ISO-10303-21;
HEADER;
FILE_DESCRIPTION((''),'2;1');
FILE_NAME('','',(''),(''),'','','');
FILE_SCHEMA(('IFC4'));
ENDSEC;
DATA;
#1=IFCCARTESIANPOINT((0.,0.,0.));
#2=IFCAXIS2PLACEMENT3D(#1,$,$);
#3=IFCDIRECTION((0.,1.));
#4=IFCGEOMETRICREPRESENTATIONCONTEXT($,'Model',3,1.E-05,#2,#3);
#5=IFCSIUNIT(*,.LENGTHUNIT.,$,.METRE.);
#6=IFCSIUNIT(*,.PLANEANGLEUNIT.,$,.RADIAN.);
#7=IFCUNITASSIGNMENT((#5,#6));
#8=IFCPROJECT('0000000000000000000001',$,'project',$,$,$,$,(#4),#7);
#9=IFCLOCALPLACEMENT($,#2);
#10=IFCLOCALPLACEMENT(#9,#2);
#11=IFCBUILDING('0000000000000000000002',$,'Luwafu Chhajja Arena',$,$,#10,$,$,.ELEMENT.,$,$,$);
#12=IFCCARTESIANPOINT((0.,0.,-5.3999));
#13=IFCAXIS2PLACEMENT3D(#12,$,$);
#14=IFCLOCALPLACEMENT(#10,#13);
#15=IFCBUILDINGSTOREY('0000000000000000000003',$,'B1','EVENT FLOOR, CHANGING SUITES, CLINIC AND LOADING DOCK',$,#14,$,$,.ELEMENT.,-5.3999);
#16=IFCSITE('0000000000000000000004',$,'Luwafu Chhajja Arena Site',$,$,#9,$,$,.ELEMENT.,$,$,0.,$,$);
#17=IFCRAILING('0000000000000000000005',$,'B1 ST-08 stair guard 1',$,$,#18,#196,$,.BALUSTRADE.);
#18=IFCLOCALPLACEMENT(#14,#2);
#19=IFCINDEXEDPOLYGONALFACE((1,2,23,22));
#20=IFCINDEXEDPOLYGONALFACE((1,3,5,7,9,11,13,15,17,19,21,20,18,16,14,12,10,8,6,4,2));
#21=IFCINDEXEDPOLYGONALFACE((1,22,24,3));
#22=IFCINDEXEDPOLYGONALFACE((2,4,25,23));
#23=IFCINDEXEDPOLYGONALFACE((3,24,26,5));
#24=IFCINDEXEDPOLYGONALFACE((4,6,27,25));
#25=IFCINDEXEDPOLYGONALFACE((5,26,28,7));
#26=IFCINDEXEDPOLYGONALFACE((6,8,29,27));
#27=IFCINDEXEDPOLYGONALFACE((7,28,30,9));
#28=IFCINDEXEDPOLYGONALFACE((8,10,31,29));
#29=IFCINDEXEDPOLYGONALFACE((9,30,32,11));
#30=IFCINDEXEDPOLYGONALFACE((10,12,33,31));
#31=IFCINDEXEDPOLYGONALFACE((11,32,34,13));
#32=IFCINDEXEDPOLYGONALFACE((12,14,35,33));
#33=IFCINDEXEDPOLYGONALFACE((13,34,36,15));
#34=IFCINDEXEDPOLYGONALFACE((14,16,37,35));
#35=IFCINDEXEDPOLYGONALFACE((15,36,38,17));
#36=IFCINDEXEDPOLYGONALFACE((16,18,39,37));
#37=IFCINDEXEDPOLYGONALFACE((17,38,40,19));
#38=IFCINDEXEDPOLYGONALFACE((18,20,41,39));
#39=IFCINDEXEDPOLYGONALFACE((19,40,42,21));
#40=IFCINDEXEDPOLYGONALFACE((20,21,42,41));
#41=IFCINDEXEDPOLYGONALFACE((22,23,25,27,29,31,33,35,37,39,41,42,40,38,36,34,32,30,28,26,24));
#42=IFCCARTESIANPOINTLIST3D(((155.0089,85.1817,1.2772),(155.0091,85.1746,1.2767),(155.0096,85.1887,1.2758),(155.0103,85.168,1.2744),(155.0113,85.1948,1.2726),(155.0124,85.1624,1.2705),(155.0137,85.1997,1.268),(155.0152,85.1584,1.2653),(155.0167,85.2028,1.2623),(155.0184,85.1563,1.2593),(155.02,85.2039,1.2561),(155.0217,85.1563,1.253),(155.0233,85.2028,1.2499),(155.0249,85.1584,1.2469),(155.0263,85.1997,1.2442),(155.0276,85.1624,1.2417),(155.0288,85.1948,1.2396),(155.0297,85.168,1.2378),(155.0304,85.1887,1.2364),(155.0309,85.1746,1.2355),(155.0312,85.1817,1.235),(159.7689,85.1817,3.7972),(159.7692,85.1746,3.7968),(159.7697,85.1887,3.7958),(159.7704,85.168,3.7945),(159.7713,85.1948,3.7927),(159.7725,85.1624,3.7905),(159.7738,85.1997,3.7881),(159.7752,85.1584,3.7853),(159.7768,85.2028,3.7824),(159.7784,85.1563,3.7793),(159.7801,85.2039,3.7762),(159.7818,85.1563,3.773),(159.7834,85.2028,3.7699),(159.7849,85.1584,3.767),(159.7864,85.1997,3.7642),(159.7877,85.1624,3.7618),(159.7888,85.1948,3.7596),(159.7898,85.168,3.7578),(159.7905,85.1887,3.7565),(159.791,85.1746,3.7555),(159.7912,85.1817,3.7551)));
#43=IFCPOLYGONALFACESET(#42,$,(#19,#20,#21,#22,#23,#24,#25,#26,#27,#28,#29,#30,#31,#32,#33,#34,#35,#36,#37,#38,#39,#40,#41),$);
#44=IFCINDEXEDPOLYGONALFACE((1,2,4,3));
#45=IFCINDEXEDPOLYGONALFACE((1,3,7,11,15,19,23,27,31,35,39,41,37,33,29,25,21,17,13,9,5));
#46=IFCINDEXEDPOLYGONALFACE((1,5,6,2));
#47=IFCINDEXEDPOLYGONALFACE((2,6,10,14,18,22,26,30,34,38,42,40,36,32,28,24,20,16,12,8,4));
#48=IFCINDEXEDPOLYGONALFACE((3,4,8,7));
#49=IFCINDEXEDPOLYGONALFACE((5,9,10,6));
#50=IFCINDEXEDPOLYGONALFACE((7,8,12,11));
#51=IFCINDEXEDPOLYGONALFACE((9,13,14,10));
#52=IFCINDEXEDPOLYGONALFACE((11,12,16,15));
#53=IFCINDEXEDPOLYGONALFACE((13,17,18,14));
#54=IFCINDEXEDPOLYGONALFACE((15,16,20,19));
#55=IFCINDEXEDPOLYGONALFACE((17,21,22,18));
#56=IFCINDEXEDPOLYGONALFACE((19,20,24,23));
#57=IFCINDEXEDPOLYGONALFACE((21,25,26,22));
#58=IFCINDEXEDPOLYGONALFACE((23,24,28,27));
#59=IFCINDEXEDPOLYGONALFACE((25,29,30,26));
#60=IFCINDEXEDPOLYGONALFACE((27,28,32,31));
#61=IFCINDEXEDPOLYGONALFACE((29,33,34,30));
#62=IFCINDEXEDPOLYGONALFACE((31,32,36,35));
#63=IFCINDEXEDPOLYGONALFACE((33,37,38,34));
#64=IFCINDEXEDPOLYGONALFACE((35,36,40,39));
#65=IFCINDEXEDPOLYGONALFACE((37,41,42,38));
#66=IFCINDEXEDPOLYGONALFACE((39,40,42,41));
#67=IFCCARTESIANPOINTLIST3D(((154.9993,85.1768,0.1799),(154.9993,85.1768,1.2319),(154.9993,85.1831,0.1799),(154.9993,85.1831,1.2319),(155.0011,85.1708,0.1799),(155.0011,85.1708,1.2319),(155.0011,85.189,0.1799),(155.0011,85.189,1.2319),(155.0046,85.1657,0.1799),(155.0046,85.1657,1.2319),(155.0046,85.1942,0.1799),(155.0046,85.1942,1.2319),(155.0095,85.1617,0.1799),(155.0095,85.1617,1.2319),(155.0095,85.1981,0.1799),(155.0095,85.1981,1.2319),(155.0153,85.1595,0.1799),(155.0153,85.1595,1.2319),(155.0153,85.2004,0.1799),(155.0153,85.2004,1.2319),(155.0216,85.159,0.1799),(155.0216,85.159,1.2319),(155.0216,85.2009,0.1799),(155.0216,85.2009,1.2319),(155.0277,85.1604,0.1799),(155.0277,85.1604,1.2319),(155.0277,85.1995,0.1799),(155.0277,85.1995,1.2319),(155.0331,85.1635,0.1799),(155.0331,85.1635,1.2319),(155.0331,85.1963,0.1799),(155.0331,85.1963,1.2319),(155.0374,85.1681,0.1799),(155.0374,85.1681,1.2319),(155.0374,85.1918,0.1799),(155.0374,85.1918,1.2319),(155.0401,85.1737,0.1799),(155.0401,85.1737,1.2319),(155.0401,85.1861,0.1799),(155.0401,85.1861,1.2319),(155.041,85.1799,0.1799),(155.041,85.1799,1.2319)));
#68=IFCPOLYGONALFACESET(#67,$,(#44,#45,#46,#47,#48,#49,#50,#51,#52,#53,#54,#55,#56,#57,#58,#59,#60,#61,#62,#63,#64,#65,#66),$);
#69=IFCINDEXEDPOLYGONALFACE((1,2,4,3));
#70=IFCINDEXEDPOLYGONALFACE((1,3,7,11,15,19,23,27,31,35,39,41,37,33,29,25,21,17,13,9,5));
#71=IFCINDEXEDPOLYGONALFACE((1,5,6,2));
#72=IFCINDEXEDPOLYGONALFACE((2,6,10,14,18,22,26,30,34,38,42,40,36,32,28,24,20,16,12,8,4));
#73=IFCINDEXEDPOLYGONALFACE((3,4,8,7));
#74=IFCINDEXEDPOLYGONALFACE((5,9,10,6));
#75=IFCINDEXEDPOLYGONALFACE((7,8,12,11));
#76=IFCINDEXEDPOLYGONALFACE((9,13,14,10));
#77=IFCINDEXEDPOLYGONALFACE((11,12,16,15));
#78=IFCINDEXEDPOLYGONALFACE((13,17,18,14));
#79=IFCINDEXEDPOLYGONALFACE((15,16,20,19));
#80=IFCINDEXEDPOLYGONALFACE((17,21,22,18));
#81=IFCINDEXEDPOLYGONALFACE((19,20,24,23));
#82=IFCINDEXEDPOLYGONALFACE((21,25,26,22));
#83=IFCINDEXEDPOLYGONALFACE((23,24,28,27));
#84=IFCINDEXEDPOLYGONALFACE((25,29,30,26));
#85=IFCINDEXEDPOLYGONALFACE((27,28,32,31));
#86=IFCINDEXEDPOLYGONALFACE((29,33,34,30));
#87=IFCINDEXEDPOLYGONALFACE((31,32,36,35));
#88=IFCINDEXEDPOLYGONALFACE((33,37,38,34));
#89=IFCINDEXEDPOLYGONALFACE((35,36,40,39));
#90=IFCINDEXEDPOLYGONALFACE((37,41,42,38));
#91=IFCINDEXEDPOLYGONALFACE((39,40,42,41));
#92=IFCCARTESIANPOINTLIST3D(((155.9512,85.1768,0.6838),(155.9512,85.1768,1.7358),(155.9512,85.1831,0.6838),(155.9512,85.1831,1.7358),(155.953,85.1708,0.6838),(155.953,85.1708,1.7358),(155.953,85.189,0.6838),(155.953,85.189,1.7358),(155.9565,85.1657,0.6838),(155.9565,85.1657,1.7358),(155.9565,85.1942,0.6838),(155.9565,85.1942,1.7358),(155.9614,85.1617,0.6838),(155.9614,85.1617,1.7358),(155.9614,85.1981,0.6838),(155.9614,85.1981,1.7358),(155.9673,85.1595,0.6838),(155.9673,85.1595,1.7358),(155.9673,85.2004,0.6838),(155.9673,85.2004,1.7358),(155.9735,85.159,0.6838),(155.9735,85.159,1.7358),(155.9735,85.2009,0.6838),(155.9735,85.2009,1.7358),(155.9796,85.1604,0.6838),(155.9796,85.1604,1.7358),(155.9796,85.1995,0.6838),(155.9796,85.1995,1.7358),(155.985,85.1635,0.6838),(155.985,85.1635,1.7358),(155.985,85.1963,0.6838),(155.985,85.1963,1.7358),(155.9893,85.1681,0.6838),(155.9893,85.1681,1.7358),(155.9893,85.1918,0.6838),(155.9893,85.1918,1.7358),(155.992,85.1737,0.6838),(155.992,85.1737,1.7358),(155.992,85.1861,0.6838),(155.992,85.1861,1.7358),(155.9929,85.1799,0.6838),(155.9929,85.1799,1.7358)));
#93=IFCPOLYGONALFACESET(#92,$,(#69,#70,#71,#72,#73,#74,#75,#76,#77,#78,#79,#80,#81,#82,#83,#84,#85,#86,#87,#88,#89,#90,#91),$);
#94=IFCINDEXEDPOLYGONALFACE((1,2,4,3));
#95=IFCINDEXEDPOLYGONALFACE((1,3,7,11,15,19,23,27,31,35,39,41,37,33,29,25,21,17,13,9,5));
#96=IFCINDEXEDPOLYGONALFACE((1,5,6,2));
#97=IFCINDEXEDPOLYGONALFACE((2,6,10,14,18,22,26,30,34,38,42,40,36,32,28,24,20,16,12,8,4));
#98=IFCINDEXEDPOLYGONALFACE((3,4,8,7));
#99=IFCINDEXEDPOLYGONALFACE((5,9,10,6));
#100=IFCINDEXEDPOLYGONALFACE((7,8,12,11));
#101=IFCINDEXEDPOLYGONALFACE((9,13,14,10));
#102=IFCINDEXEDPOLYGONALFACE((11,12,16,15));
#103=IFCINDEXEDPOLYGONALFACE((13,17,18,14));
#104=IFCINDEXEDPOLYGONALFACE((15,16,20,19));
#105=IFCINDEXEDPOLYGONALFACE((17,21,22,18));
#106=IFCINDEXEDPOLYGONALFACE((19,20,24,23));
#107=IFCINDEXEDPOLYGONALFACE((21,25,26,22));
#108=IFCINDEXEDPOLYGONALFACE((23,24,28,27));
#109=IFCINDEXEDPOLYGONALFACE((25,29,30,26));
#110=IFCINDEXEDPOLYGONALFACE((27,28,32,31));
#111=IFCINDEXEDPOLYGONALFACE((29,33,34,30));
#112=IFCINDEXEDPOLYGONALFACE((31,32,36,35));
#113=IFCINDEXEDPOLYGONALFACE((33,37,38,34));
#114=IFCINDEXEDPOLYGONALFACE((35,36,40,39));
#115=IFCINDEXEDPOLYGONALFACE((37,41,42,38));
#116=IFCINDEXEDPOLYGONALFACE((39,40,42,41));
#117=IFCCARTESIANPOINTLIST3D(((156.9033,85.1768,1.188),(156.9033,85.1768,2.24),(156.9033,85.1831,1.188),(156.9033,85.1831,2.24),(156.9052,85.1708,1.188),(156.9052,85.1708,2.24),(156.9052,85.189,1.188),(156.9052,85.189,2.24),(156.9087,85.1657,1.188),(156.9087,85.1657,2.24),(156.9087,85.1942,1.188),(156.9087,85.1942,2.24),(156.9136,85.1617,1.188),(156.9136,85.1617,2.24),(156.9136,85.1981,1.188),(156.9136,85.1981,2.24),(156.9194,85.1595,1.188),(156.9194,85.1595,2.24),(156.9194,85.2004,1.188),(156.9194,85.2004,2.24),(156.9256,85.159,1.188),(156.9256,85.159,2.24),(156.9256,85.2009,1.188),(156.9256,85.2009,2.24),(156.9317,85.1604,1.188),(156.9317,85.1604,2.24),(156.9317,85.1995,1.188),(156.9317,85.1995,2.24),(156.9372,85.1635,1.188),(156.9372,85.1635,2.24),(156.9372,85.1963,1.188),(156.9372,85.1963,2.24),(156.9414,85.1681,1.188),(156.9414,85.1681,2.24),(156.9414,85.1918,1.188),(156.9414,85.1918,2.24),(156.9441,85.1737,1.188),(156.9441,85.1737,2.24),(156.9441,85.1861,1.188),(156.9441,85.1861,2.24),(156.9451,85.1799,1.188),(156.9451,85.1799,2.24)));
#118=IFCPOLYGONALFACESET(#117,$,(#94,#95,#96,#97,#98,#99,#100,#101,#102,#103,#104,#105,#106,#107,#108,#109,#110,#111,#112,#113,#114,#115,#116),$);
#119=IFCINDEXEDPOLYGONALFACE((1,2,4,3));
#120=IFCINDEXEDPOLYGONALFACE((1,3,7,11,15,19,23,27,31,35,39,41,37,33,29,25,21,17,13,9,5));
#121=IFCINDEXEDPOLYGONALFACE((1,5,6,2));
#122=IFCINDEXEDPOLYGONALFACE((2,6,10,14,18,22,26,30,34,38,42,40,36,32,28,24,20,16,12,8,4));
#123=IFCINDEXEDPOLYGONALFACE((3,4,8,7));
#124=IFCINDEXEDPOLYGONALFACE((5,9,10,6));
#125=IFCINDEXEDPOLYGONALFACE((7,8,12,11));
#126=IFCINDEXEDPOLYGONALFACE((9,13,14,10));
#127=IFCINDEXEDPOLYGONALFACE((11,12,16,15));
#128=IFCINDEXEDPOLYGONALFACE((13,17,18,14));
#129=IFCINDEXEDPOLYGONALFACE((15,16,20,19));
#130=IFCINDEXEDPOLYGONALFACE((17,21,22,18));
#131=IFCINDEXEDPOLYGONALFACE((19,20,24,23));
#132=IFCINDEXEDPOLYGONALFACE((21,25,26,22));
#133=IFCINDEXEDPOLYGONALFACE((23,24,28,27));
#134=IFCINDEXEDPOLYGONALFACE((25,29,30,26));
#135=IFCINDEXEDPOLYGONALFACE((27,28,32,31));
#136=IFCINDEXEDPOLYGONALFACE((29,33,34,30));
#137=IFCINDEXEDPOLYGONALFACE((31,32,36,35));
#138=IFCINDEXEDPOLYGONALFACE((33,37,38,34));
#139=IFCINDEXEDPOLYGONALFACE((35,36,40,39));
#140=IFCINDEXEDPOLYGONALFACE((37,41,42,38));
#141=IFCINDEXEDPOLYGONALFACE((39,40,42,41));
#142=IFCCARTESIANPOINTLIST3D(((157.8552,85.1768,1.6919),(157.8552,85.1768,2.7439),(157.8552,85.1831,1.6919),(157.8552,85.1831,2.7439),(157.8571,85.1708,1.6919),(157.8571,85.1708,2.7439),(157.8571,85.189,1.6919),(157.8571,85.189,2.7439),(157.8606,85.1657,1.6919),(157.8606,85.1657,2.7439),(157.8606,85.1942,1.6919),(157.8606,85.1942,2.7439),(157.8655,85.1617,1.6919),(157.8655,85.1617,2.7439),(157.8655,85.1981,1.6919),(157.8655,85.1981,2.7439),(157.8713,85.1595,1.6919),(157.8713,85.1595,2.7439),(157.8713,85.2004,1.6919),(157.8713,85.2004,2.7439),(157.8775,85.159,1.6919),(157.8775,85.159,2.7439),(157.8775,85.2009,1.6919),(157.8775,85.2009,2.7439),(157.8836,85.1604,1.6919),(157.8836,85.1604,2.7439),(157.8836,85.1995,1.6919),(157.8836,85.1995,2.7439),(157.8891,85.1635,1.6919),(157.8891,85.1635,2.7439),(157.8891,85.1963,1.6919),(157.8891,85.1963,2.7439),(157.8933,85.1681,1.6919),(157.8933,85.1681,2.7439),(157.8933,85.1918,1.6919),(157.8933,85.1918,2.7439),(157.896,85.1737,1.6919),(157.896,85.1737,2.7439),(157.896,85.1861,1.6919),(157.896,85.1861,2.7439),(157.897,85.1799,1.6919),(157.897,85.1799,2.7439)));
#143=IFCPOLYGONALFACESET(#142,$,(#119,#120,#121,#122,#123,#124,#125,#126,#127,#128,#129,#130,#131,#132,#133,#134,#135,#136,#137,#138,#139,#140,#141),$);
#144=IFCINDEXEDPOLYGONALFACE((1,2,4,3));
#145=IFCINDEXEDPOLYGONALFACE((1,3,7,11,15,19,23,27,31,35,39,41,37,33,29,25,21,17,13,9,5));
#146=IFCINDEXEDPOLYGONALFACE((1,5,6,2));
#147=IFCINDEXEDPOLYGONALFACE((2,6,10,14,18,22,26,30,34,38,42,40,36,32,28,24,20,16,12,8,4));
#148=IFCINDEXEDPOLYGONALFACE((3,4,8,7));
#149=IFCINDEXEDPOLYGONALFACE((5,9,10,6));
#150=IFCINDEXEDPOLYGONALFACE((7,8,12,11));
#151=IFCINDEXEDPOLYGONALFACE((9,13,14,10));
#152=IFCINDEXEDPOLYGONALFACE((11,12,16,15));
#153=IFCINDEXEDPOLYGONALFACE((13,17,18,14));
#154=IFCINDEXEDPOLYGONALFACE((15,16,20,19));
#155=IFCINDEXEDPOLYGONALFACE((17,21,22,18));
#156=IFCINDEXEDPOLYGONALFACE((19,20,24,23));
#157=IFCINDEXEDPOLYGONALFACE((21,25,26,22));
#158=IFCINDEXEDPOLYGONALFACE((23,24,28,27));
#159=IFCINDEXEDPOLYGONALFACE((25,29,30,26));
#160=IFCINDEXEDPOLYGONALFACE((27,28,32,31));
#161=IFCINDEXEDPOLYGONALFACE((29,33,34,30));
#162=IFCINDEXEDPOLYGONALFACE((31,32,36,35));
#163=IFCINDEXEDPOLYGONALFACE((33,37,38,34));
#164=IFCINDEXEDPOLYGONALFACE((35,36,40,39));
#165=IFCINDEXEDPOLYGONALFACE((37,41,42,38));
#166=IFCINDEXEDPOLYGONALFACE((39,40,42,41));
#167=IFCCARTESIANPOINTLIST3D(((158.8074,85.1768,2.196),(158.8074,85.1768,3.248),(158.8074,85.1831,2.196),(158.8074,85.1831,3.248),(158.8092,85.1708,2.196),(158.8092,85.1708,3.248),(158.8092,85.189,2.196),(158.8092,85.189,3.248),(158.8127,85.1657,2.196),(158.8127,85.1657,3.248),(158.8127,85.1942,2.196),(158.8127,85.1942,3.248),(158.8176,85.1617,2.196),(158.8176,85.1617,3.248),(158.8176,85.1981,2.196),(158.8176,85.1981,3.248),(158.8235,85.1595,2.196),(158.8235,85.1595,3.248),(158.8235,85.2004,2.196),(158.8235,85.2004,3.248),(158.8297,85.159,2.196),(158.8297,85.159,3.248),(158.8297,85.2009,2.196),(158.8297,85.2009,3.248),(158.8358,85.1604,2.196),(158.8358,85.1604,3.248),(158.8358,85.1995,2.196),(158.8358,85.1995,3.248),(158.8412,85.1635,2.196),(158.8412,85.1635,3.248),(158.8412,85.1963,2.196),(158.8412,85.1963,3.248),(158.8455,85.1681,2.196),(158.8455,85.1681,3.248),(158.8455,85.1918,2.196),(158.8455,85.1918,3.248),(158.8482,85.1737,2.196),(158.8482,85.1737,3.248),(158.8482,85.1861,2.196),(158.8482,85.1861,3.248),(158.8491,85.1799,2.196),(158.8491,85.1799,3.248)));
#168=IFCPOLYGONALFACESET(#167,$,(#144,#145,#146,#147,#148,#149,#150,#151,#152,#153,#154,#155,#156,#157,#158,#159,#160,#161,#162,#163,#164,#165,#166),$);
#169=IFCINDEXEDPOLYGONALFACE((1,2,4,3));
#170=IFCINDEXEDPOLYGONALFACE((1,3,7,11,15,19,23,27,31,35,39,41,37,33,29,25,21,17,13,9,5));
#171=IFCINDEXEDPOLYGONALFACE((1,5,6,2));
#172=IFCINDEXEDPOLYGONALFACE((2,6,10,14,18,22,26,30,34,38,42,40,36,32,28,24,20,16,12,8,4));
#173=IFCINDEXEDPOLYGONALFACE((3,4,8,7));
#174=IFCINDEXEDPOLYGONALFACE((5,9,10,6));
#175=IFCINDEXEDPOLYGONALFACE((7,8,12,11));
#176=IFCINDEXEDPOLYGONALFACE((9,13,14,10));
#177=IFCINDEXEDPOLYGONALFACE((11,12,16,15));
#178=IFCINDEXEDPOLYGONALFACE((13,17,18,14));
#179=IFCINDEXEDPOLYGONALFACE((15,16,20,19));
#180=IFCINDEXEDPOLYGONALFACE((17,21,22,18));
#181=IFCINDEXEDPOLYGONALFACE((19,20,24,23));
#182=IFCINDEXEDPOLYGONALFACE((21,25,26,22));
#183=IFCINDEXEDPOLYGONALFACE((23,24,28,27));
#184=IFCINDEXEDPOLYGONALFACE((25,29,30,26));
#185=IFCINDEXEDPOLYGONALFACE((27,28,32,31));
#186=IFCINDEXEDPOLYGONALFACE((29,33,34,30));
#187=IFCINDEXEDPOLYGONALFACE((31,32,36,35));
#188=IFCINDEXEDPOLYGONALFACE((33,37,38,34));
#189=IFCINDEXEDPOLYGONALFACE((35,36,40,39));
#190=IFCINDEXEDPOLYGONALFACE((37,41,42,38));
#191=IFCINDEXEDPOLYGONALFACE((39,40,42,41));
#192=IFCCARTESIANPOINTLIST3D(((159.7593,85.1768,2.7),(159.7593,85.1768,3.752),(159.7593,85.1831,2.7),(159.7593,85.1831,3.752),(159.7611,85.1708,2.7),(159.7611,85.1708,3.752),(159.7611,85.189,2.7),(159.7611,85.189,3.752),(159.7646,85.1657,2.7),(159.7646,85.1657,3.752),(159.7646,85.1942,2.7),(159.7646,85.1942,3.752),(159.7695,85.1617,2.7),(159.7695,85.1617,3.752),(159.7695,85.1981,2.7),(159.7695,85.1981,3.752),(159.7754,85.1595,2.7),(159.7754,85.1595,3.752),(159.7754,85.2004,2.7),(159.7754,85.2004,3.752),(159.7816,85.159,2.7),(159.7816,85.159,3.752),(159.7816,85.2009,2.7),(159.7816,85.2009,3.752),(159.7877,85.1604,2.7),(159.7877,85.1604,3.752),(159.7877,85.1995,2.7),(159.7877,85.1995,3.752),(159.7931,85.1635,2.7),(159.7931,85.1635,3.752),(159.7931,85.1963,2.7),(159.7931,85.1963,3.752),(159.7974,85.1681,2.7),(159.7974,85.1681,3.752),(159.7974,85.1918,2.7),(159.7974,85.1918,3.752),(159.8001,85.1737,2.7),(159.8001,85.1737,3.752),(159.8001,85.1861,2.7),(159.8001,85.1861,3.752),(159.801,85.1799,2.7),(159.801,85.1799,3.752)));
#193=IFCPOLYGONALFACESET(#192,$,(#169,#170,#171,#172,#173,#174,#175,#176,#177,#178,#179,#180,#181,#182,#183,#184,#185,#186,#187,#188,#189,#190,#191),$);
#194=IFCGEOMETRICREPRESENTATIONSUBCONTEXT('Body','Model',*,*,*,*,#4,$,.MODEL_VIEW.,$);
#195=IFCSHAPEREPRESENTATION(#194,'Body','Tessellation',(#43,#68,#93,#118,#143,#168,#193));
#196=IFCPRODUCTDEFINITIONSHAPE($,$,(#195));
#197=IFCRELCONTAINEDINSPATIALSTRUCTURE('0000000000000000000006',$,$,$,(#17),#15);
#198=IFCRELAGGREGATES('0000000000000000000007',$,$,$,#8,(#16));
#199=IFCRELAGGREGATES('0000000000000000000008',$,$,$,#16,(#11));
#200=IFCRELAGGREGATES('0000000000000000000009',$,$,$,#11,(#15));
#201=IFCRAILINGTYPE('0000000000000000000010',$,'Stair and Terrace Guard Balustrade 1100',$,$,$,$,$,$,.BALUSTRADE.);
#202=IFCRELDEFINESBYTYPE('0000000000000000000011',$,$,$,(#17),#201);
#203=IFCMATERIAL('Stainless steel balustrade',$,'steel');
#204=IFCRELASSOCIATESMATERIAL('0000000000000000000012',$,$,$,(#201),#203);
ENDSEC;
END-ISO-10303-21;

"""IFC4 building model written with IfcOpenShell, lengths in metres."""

from ifc_helpers import new_model, si_unit, direction, frame, origin, origin_2d, place, context, subcontext, project, spatial, circle, extrude, material, type_object, element, save


model = new_model("IFC4")

# Units and contexts
model_context = context("Model", 3, precision=1e-05, world=origin(), true_north=direction((0.0, 1.0)))
body_context = subcontext(model_context, "Body", "Model", "MODEL_VIEW")
ifc_project = project(units=[si_unit("LENGTHUNIT", "METRE"), si_unit("PLANEANGLEUNIT", "RADIAN")], contexts=[model_context])

# Site, building, storey
site_placement = place(None, origin())
site = spatial("IfcSite", under=ifc_project, at=site_placement, Name="Luwafu Chhajja Arena Site", CompositionType="ELEMENT", RefElevation=0.0)
building_placement = place(site_placement, origin())
building = spatial("IfcBuilding", under=site, at=building_placement, Name="Luwafu Chhajja Arena", CompositionType="ELEMENT")
storey_placement = place(building_placement, frame((0.0, 0.0, -5.3999)))
storey = spatial("IfcBuildingStorey", under=building, at=storey_placement, Name="B1", Description="EVENT FLOOR, CHANGING SUITES, CLINIC AND LOADING DOCK", CompositionType="ELEMENT", Elevation=-5.3999)

# Railing
ifc_material_1 = material(Name="Stainless steel balustrade", Category="steel")
railing_type_1 = type_object("IfcRailingType", Name="Stair and Terrace Guard Balustrade 1100", PredefinedType="BALUSTRADE", material=ifc_material_1)
railing_1_placement = place(storey_placement, frame((155.02, 85.1799, 0.1799)))
element("IfcRailing", 1, at=railing_1_placement, inside=storey, type_object=railing_type_1, Name="B1 ST-08 stair guard 1", PredefinedType="BALUSTRADE", context=body_context, shape_type="SweptSolid", body=[
    extrude(circle(Radius=0.0239, at=origin_2d()), frame((0.0, 0.0, 1.0762), z_axis=(0.883787, 0.0, 0.46789), x_axis=(0.0, 1.0, 0.0)), (0.0, 0.0, 1.0), 5.386),
    extrude(circle(Radius=0.021, at=origin_2d()), origin(), (0.0, 0.0, 1.0), 1.052),
    extrude(circle(Radius=0.021, at=origin_2d()), frame((0.9519, 0.0, 0.5039)), (0.0, 0.0, 1.0), 1.052),
    extrude(circle(Radius=0.021, at=origin_2d()), frame((1.9041, 0.0, 1.0081)), (0.0, 0.0, 1.0), 1.052),
    extrude(circle(Radius=0.021, at=origin_2d()), frame((2.856, 0.0, 1.512)), (0.0, 0.0, 1.0), 1.052),
    extrude(circle(Radius=0.021, at=origin_2d()), frame((3.8081, 0.0, 2.0161)), (0.0, 0.0, 1.0), 1.052),
    extrude(circle(Radius=0.021, at=origin_2d()), frame((4.76, 0.0, 2.52)), (0.0, 0.0, 1.0), 1.052),
])

save(model, "model.ifc")
